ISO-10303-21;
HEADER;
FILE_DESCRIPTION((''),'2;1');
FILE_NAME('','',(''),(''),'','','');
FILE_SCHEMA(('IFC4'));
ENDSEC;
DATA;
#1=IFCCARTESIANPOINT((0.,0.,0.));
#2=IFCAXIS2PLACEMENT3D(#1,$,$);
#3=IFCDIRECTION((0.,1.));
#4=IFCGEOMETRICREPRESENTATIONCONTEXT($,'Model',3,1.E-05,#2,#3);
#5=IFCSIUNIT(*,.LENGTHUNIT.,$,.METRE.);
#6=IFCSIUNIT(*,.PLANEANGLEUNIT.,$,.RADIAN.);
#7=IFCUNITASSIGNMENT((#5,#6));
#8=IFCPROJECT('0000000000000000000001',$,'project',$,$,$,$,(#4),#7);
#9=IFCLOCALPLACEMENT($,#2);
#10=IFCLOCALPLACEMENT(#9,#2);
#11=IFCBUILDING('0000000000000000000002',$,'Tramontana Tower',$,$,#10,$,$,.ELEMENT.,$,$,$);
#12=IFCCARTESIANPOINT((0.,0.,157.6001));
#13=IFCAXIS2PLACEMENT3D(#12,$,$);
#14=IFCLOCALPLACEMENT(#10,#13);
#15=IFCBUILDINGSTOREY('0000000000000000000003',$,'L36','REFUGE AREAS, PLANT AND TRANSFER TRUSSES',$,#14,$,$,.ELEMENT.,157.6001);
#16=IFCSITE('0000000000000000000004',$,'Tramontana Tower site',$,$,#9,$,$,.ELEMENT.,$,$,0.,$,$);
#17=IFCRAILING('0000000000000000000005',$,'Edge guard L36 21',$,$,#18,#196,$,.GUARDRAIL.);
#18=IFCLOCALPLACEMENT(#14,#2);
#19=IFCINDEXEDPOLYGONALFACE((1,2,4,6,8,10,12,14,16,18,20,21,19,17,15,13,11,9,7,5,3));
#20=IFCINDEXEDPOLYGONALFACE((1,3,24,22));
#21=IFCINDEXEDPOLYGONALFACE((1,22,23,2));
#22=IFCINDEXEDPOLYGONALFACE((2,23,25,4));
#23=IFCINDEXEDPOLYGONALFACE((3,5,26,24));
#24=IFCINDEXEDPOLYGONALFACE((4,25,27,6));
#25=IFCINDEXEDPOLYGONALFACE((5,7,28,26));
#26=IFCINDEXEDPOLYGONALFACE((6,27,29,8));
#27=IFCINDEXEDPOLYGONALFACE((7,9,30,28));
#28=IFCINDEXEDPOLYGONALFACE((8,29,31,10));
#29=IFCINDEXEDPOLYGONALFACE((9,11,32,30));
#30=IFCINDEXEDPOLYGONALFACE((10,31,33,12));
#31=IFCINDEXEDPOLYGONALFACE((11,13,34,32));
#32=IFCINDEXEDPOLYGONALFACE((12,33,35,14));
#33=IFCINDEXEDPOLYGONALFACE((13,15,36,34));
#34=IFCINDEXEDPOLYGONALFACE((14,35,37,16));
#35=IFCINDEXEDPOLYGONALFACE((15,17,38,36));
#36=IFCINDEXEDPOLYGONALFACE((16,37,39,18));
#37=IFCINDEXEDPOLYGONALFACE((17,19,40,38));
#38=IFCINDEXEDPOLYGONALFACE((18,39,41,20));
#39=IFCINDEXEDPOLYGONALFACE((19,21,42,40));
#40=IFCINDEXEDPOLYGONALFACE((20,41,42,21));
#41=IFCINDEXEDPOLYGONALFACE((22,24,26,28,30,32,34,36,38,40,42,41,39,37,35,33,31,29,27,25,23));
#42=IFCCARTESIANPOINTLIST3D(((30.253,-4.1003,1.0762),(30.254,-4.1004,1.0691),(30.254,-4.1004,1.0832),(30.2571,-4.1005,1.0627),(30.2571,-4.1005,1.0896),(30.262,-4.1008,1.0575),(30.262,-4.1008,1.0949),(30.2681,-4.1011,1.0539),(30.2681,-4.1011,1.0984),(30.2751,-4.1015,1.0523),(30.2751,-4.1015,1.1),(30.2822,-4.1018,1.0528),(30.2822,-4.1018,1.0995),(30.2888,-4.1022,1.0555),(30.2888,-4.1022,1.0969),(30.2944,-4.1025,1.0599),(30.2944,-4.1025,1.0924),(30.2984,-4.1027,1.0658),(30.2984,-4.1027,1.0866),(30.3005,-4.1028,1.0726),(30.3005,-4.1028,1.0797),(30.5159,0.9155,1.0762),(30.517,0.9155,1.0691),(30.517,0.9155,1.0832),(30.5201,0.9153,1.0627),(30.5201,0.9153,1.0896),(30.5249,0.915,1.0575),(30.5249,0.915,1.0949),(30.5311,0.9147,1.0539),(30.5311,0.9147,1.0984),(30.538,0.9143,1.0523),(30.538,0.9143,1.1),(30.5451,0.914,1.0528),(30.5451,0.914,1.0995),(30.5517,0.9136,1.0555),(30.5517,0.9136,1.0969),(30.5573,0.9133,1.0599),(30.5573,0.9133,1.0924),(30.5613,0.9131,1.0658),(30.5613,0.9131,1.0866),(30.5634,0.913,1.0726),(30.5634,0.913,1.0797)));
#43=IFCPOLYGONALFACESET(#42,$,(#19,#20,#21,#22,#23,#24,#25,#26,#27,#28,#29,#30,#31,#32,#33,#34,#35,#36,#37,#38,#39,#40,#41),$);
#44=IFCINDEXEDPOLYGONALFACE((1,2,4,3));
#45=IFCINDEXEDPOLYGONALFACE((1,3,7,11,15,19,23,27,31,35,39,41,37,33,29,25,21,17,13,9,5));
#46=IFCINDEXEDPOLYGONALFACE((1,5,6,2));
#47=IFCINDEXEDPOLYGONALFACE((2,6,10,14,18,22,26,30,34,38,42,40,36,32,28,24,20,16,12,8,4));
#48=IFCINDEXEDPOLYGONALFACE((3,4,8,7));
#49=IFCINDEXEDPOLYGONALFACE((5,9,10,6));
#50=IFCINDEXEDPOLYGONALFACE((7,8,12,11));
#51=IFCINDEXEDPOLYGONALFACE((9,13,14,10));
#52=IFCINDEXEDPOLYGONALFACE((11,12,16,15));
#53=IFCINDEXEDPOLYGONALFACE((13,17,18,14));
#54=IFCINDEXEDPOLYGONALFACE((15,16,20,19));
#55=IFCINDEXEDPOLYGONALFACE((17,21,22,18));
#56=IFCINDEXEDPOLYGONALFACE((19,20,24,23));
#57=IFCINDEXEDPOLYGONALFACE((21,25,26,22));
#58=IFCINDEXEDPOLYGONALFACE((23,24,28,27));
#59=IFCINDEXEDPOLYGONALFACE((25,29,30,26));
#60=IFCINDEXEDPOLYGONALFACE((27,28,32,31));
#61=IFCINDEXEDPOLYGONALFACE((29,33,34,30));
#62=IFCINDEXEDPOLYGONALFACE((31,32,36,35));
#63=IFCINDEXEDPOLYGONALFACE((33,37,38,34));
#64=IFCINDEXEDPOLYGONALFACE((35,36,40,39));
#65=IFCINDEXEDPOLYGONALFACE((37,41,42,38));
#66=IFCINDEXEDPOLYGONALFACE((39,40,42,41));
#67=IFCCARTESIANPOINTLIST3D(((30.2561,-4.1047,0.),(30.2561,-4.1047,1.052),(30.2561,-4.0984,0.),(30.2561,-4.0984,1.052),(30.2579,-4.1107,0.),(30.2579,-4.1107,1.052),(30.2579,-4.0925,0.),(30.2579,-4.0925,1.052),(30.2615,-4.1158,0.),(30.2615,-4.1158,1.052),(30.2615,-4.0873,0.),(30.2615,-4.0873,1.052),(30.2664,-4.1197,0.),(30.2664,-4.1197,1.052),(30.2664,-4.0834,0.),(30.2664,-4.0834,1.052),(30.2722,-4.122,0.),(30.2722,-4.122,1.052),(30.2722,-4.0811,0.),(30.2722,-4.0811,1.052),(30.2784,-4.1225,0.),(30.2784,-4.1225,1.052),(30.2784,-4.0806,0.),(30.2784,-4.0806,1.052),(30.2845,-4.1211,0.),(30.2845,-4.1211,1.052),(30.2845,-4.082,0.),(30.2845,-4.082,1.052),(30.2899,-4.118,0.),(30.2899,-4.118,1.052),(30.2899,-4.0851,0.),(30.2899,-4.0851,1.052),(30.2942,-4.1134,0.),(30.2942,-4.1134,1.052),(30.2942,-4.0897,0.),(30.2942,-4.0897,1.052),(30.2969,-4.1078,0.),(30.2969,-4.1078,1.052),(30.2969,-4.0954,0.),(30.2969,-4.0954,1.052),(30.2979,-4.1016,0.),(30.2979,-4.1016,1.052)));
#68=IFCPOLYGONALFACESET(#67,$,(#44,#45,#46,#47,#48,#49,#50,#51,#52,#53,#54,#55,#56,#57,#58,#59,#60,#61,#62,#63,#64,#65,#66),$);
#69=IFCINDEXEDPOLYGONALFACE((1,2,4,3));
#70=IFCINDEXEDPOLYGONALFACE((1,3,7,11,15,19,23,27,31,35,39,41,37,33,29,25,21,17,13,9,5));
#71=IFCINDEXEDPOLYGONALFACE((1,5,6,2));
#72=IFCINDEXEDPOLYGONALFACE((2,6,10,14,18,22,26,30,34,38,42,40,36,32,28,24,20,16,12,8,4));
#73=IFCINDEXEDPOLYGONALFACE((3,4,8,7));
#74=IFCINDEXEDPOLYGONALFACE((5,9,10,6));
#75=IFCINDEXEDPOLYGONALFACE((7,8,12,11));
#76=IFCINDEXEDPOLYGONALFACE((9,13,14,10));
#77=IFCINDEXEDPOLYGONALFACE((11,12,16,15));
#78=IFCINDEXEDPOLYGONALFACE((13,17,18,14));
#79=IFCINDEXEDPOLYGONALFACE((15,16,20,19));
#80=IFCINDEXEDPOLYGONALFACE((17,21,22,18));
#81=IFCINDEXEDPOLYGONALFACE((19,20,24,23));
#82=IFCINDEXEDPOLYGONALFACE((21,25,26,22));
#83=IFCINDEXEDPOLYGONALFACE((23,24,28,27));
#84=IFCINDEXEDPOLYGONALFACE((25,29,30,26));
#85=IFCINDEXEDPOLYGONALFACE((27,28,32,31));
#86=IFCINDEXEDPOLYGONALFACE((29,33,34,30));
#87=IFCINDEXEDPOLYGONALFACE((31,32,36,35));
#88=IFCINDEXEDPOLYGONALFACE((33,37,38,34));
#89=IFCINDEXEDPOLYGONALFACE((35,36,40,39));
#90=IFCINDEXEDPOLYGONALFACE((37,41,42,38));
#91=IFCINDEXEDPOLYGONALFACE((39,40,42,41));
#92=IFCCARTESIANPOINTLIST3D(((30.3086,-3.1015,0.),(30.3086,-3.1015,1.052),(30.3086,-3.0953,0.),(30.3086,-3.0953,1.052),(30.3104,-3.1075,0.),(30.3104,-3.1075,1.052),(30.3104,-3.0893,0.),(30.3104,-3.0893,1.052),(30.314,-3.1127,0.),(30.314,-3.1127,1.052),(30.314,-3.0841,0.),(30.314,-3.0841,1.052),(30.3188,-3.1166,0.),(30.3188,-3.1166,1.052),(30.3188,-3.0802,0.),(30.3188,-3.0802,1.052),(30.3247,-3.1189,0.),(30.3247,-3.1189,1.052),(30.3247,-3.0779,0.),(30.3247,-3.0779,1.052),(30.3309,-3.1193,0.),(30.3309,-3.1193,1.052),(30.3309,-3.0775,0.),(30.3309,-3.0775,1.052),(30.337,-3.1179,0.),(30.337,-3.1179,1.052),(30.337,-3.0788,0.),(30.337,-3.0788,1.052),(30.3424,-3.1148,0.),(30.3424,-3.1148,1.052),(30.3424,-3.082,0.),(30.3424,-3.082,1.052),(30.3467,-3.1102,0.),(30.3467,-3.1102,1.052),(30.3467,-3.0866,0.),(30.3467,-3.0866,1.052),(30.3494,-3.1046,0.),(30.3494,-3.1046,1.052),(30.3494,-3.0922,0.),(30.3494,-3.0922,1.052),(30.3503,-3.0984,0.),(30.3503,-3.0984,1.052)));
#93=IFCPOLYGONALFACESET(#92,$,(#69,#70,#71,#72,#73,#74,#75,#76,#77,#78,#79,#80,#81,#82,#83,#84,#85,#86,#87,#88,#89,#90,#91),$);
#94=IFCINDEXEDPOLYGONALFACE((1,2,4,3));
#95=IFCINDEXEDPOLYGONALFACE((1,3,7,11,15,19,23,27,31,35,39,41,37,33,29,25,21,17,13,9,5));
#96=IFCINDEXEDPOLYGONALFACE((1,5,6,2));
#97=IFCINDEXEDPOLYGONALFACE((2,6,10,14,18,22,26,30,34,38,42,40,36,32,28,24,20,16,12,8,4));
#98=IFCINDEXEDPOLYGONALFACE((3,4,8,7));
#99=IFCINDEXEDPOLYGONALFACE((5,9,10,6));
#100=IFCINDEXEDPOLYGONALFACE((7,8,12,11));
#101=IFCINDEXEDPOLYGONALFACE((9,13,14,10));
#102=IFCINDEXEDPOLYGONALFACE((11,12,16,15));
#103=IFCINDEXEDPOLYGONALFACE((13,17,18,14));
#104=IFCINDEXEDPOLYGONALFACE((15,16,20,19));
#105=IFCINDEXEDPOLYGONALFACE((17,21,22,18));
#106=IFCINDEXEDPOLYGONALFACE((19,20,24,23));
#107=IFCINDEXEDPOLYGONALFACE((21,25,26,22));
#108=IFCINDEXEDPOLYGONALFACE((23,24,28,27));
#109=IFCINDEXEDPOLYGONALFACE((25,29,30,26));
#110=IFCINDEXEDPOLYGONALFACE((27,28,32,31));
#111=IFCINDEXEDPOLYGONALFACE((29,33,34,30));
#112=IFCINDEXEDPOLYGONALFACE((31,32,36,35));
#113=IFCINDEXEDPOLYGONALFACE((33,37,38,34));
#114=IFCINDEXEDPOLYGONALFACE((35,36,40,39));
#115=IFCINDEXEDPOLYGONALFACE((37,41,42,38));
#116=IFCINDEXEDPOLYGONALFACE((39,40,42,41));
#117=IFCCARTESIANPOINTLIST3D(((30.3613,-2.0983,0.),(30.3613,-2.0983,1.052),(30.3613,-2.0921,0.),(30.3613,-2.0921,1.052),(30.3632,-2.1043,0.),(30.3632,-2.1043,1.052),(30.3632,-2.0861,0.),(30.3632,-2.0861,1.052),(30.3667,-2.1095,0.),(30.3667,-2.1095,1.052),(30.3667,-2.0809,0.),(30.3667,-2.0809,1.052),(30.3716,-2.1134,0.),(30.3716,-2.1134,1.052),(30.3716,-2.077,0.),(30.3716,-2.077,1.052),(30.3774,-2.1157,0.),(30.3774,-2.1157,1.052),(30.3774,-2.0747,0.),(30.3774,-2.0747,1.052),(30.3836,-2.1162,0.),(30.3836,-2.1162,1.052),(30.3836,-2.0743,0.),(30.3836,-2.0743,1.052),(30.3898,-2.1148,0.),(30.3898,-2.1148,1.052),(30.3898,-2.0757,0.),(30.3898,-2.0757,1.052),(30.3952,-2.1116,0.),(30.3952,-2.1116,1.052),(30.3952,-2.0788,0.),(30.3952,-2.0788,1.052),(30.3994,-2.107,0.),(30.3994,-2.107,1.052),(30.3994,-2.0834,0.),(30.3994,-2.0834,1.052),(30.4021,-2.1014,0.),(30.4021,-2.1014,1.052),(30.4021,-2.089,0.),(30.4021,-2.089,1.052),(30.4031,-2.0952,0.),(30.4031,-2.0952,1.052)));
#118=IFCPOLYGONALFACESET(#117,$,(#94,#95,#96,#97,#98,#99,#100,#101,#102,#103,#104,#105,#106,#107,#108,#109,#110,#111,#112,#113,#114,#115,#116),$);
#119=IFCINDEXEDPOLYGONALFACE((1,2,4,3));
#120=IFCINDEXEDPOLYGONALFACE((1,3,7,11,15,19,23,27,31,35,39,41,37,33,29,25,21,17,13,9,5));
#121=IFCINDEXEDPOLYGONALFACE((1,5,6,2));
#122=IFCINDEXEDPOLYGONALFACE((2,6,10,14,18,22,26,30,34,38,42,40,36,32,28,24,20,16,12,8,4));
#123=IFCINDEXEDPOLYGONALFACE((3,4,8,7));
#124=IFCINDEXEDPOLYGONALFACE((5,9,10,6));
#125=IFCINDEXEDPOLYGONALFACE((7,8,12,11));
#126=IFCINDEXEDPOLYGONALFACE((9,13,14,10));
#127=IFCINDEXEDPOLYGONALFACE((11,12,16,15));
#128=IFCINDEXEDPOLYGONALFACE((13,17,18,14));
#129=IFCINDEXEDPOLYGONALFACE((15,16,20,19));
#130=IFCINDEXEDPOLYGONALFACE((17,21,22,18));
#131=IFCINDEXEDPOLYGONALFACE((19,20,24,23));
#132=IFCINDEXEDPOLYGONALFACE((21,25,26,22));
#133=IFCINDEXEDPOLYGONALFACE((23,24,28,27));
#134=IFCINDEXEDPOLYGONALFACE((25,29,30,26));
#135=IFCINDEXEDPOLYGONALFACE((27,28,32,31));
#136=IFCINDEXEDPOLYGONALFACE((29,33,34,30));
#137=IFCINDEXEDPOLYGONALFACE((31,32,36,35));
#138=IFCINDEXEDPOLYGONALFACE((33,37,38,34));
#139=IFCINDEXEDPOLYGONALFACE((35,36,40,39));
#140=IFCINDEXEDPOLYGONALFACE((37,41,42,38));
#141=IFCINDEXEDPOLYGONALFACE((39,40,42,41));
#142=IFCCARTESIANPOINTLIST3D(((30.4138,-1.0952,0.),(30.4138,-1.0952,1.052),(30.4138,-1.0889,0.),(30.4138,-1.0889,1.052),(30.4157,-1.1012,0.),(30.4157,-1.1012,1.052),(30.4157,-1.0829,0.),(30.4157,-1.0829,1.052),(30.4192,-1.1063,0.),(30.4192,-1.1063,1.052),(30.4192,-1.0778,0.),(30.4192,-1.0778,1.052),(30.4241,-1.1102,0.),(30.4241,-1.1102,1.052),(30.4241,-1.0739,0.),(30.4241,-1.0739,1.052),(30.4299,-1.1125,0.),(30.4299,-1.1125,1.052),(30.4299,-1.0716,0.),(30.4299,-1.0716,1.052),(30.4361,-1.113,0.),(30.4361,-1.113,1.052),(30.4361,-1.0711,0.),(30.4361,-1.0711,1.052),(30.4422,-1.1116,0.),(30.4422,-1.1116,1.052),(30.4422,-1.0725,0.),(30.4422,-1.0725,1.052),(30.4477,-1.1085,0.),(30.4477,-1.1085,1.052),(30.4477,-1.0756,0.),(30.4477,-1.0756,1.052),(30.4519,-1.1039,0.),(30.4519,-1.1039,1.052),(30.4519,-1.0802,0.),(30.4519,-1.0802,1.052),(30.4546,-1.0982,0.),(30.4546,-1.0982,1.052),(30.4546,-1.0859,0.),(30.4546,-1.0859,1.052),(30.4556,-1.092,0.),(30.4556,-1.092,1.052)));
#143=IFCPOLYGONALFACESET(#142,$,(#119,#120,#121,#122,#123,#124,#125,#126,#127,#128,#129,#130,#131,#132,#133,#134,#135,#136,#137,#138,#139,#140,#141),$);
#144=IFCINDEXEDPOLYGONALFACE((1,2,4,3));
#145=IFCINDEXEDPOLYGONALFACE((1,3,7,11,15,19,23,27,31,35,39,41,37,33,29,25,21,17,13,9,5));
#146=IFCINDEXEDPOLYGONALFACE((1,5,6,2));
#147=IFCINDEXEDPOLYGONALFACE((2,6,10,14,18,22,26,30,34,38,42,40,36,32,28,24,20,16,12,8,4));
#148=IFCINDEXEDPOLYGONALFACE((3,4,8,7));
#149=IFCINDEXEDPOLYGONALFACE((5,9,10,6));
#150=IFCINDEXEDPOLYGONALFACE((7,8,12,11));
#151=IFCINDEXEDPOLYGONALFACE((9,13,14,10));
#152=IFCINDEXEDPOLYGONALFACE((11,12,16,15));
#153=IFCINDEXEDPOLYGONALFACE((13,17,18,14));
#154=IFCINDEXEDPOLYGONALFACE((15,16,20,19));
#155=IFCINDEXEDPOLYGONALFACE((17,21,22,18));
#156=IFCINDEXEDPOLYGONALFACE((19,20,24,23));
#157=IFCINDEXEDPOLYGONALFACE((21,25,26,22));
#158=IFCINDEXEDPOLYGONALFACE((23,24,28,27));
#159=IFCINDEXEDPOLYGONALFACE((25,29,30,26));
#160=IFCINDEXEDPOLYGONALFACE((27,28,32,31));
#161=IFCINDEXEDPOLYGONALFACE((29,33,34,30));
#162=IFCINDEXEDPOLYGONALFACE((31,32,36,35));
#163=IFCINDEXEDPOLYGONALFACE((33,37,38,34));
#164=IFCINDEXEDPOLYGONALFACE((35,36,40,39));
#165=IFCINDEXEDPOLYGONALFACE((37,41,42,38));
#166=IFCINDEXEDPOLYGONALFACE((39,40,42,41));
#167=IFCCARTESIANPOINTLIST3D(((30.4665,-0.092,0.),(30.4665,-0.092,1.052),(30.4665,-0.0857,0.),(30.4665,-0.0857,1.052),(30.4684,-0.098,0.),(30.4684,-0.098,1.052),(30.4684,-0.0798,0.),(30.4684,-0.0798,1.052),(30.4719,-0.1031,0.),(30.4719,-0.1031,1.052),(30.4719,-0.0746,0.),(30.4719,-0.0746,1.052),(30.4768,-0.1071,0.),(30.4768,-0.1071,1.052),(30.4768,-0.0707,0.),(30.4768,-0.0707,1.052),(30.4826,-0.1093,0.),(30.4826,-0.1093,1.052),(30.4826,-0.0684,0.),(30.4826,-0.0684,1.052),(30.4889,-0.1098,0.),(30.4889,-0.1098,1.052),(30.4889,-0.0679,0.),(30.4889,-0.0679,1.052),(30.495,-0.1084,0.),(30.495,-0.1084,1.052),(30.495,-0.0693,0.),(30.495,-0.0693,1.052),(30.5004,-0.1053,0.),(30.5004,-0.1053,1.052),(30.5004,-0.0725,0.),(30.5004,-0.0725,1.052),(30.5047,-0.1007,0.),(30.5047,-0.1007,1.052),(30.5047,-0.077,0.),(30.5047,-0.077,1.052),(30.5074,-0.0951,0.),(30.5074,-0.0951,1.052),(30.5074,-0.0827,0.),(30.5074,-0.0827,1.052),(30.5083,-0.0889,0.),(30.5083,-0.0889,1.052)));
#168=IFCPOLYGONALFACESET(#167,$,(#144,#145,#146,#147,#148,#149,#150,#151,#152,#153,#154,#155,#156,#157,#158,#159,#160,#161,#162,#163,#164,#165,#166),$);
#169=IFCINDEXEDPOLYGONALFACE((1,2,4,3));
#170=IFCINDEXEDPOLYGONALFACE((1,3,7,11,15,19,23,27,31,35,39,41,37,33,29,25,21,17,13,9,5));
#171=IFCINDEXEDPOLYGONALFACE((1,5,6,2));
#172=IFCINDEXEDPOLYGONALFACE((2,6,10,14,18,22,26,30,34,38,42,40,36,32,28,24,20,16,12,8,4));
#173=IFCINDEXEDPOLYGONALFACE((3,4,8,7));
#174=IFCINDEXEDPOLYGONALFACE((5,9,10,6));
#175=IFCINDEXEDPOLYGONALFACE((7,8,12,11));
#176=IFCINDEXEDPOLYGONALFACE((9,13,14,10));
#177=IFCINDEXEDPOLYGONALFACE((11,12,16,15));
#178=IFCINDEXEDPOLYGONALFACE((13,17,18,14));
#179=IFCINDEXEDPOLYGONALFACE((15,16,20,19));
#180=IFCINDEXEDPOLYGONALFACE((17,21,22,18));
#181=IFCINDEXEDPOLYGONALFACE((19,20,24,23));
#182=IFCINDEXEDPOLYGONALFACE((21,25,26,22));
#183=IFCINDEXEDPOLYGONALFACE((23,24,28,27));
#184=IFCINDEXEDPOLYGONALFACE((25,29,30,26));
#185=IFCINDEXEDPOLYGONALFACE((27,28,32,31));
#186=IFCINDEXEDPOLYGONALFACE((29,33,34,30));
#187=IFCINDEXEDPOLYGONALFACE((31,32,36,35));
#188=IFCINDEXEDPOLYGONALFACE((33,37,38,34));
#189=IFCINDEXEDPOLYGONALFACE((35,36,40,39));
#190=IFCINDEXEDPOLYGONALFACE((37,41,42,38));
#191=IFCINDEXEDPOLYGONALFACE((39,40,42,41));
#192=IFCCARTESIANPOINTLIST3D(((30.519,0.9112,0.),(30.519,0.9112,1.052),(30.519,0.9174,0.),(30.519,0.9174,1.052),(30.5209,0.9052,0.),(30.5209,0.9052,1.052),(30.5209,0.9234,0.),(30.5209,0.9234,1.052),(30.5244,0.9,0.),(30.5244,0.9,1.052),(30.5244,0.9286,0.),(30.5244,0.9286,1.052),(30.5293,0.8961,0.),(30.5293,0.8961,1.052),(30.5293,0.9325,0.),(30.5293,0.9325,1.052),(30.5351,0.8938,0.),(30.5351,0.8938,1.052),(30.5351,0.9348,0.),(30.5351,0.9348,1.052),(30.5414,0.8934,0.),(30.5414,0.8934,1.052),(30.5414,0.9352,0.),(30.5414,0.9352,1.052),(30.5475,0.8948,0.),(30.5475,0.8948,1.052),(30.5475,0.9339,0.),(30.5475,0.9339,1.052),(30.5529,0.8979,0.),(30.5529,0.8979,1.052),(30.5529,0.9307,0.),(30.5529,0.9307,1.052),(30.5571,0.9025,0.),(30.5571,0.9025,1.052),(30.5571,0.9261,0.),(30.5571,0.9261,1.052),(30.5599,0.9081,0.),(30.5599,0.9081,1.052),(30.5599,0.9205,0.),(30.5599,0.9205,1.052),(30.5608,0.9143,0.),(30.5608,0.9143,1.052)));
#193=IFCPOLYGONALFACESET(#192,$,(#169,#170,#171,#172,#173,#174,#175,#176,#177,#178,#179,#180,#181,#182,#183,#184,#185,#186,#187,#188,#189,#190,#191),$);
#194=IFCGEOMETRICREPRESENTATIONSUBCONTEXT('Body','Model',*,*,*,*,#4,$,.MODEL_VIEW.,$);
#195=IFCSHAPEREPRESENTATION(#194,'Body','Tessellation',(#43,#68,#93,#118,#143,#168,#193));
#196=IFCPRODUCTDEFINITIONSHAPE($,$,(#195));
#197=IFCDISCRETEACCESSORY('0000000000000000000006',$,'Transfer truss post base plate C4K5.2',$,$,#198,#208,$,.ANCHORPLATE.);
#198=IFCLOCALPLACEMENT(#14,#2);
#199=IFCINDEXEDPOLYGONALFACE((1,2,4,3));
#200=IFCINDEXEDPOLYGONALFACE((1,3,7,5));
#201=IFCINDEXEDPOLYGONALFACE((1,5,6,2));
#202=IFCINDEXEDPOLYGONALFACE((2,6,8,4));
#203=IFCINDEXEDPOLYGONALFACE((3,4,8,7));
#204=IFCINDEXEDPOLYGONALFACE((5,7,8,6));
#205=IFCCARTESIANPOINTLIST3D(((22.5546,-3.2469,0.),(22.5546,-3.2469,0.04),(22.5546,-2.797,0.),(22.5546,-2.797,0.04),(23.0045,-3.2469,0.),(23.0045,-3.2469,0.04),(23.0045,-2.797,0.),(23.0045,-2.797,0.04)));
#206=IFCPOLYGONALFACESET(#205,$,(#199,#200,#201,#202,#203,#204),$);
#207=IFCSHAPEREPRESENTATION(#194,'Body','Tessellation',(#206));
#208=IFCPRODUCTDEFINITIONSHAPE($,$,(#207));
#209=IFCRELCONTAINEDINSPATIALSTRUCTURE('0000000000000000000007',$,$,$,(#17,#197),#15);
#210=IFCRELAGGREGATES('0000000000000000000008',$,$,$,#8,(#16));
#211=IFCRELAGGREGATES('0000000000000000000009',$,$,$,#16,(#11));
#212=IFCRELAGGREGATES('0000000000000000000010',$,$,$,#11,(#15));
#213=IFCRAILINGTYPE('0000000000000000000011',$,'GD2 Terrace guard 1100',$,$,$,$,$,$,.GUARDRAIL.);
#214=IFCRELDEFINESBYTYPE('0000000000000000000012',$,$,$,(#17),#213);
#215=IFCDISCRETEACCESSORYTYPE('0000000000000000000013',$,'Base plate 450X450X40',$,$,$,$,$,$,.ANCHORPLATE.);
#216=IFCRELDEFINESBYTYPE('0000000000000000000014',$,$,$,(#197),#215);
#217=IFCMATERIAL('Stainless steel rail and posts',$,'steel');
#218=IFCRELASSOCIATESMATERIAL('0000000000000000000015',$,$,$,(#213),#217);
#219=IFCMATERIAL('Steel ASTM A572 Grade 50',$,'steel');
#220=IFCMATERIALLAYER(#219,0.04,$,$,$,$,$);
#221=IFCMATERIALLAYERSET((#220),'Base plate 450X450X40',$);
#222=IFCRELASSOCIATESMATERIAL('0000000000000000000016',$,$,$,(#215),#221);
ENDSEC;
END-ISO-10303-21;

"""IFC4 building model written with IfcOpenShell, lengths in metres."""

from ifc_helpers import new_model, si_unit, direction, frame, origin, origin_2d, place, context, subcontext, project, spatial, rectangle, circle, extrude, material, layer, layer_set, type_object, element, save


model = new_model("IFC4")

# Units and contexts
model_context = context("Model", 3, precision=1e-05, world=origin(), true_north=direction((0.0, 1.0)))
body_context = subcontext(model_context, "Body", "Model", "MODEL_VIEW")
ifc_project = project(units=[si_unit("LENGTHUNIT", "METRE"), si_unit("PLANEANGLEUNIT", "RADIAN")], contexts=[model_context])

# Site, building, storey
site_placement = place(None, origin())
site = spatial("IfcSite", under=ifc_project, at=site_placement, Name="Tramontana Tower site", CompositionType="ELEMENT", RefElevation=0.0)
building_placement = place(site_placement, origin())
building = spatial("IfcBuilding", under=site, at=building_placement, Name="Tramontana Tower", CompositionType="ELEMENT")
storey_placement = place(building_placement, frame((0.0, 0.0, 157.6001)))
storey = spatial("IfcBuildingStorey", under=building, at=storey_placement, Name="L36", Description="REFUGE AREAS, PLANT AND TRANSFER TRUSSES", CompositionType="ELEMENT", Elevation=157.6001)

# Railing
ifc_material_1 = material(Name="Stainless steel rail and posts", Category="steel")
railing_type = type_object("IfcRailingType", Name="GD2 Terrace guard 1100", PredefinedType="GUARDRAIL", material=ifc_material_1)
railing_1_placement = place(storey_placement, frame((30.2769, -4.1016, 0.0)))
element("IfcRailing", 1, at=railing_1_placement, inside=storey, type_object=railing_type, Name="Edge guard L36 21", PredefinedType="GUARDRAIL", context=body_context, shape_type="SweptSolid", body=[
    extrude(circle(Radius=0.0239, at=origin_2d()), frame((0.0, 0.0, 1.0762), z_axis=(0.05235, 0.998629, 0.0), x_axis=(-0.998629, 0.05235, 0.0)), (0.0, 0.0, 1.0), 5.0227),
    extrude(circle(Radius=0.021, at=origin_2d()), origin(), (0.0, 0.0, 1.0), 1.052),
    extrude(circle(Radius=0.021, at=origin_2d()), frame((0.0525, 1.0032, 0.0)), (0.0, 0.0, 1.0), 1.052),
    extrude(circle(Radius=0.021, at=origin_2d()), frame((0.1052, 2.0063, 0.0)), (0.0, 0.0, 1.0), 1.052),
    extrude(circle(Radius=0.021, at=origin_2d()), frame((0.1577, 3.0095, 0.0)), (0.0, 0.0, 1.0), 1.052),
    extrude(circle(Radius=0.021, at=origin_2d()), frame((0.2104, 4.0127, 0.0)), (0.0, 0.0, 1.0), 1.052),
    extrude(circle(Radius=0.021, at=origin_2d()), frame((0.2629, 5.0159, 0.0)), (0.0, 0.0, 1.0), 1.052),
])

# Discrete accessory
ifc_material_2 = material(Name="Steel ASTM A572 Grade 50", Category="steel")
ifc_layer_1 = layer(ifc_material_2, 0.04)
ifc_layer_set_1 = layer_set([ifc_layer_1], Name="Base plate 450X450X40")
discrete_accessory_type_1 = type_object("IfcDiscreteAccessoryType", Name="Base plate 450X450X40", PredefinedType="ANCHORPLATE", material=ifc_layer_set_1)
discrete_accessory_1_placement = place(storey_placement, frame((22.7795, -3.022, 0.0), z_axis=(0.0, 0.0, 1.0), x_axis=(1.0, 0.0, 0.0)))
element("IfcDiscreteAccessory", 2, at=discrete_accessory_1_placement, inside=storey, type_object=discrete_accessory_type_1, Name="Transfer truss post base plate C4K5.2", PredefinedType="ANCHORPLATE", context=body_context, shape_type="SweptSolid", body=[
    extrude(rectangle(XDim=0.45, YDim=0.45, at=origin_2d()), origin(), (0.0, 0.0, 1.0), 0.04),
])

save(model, "model.ifc")
